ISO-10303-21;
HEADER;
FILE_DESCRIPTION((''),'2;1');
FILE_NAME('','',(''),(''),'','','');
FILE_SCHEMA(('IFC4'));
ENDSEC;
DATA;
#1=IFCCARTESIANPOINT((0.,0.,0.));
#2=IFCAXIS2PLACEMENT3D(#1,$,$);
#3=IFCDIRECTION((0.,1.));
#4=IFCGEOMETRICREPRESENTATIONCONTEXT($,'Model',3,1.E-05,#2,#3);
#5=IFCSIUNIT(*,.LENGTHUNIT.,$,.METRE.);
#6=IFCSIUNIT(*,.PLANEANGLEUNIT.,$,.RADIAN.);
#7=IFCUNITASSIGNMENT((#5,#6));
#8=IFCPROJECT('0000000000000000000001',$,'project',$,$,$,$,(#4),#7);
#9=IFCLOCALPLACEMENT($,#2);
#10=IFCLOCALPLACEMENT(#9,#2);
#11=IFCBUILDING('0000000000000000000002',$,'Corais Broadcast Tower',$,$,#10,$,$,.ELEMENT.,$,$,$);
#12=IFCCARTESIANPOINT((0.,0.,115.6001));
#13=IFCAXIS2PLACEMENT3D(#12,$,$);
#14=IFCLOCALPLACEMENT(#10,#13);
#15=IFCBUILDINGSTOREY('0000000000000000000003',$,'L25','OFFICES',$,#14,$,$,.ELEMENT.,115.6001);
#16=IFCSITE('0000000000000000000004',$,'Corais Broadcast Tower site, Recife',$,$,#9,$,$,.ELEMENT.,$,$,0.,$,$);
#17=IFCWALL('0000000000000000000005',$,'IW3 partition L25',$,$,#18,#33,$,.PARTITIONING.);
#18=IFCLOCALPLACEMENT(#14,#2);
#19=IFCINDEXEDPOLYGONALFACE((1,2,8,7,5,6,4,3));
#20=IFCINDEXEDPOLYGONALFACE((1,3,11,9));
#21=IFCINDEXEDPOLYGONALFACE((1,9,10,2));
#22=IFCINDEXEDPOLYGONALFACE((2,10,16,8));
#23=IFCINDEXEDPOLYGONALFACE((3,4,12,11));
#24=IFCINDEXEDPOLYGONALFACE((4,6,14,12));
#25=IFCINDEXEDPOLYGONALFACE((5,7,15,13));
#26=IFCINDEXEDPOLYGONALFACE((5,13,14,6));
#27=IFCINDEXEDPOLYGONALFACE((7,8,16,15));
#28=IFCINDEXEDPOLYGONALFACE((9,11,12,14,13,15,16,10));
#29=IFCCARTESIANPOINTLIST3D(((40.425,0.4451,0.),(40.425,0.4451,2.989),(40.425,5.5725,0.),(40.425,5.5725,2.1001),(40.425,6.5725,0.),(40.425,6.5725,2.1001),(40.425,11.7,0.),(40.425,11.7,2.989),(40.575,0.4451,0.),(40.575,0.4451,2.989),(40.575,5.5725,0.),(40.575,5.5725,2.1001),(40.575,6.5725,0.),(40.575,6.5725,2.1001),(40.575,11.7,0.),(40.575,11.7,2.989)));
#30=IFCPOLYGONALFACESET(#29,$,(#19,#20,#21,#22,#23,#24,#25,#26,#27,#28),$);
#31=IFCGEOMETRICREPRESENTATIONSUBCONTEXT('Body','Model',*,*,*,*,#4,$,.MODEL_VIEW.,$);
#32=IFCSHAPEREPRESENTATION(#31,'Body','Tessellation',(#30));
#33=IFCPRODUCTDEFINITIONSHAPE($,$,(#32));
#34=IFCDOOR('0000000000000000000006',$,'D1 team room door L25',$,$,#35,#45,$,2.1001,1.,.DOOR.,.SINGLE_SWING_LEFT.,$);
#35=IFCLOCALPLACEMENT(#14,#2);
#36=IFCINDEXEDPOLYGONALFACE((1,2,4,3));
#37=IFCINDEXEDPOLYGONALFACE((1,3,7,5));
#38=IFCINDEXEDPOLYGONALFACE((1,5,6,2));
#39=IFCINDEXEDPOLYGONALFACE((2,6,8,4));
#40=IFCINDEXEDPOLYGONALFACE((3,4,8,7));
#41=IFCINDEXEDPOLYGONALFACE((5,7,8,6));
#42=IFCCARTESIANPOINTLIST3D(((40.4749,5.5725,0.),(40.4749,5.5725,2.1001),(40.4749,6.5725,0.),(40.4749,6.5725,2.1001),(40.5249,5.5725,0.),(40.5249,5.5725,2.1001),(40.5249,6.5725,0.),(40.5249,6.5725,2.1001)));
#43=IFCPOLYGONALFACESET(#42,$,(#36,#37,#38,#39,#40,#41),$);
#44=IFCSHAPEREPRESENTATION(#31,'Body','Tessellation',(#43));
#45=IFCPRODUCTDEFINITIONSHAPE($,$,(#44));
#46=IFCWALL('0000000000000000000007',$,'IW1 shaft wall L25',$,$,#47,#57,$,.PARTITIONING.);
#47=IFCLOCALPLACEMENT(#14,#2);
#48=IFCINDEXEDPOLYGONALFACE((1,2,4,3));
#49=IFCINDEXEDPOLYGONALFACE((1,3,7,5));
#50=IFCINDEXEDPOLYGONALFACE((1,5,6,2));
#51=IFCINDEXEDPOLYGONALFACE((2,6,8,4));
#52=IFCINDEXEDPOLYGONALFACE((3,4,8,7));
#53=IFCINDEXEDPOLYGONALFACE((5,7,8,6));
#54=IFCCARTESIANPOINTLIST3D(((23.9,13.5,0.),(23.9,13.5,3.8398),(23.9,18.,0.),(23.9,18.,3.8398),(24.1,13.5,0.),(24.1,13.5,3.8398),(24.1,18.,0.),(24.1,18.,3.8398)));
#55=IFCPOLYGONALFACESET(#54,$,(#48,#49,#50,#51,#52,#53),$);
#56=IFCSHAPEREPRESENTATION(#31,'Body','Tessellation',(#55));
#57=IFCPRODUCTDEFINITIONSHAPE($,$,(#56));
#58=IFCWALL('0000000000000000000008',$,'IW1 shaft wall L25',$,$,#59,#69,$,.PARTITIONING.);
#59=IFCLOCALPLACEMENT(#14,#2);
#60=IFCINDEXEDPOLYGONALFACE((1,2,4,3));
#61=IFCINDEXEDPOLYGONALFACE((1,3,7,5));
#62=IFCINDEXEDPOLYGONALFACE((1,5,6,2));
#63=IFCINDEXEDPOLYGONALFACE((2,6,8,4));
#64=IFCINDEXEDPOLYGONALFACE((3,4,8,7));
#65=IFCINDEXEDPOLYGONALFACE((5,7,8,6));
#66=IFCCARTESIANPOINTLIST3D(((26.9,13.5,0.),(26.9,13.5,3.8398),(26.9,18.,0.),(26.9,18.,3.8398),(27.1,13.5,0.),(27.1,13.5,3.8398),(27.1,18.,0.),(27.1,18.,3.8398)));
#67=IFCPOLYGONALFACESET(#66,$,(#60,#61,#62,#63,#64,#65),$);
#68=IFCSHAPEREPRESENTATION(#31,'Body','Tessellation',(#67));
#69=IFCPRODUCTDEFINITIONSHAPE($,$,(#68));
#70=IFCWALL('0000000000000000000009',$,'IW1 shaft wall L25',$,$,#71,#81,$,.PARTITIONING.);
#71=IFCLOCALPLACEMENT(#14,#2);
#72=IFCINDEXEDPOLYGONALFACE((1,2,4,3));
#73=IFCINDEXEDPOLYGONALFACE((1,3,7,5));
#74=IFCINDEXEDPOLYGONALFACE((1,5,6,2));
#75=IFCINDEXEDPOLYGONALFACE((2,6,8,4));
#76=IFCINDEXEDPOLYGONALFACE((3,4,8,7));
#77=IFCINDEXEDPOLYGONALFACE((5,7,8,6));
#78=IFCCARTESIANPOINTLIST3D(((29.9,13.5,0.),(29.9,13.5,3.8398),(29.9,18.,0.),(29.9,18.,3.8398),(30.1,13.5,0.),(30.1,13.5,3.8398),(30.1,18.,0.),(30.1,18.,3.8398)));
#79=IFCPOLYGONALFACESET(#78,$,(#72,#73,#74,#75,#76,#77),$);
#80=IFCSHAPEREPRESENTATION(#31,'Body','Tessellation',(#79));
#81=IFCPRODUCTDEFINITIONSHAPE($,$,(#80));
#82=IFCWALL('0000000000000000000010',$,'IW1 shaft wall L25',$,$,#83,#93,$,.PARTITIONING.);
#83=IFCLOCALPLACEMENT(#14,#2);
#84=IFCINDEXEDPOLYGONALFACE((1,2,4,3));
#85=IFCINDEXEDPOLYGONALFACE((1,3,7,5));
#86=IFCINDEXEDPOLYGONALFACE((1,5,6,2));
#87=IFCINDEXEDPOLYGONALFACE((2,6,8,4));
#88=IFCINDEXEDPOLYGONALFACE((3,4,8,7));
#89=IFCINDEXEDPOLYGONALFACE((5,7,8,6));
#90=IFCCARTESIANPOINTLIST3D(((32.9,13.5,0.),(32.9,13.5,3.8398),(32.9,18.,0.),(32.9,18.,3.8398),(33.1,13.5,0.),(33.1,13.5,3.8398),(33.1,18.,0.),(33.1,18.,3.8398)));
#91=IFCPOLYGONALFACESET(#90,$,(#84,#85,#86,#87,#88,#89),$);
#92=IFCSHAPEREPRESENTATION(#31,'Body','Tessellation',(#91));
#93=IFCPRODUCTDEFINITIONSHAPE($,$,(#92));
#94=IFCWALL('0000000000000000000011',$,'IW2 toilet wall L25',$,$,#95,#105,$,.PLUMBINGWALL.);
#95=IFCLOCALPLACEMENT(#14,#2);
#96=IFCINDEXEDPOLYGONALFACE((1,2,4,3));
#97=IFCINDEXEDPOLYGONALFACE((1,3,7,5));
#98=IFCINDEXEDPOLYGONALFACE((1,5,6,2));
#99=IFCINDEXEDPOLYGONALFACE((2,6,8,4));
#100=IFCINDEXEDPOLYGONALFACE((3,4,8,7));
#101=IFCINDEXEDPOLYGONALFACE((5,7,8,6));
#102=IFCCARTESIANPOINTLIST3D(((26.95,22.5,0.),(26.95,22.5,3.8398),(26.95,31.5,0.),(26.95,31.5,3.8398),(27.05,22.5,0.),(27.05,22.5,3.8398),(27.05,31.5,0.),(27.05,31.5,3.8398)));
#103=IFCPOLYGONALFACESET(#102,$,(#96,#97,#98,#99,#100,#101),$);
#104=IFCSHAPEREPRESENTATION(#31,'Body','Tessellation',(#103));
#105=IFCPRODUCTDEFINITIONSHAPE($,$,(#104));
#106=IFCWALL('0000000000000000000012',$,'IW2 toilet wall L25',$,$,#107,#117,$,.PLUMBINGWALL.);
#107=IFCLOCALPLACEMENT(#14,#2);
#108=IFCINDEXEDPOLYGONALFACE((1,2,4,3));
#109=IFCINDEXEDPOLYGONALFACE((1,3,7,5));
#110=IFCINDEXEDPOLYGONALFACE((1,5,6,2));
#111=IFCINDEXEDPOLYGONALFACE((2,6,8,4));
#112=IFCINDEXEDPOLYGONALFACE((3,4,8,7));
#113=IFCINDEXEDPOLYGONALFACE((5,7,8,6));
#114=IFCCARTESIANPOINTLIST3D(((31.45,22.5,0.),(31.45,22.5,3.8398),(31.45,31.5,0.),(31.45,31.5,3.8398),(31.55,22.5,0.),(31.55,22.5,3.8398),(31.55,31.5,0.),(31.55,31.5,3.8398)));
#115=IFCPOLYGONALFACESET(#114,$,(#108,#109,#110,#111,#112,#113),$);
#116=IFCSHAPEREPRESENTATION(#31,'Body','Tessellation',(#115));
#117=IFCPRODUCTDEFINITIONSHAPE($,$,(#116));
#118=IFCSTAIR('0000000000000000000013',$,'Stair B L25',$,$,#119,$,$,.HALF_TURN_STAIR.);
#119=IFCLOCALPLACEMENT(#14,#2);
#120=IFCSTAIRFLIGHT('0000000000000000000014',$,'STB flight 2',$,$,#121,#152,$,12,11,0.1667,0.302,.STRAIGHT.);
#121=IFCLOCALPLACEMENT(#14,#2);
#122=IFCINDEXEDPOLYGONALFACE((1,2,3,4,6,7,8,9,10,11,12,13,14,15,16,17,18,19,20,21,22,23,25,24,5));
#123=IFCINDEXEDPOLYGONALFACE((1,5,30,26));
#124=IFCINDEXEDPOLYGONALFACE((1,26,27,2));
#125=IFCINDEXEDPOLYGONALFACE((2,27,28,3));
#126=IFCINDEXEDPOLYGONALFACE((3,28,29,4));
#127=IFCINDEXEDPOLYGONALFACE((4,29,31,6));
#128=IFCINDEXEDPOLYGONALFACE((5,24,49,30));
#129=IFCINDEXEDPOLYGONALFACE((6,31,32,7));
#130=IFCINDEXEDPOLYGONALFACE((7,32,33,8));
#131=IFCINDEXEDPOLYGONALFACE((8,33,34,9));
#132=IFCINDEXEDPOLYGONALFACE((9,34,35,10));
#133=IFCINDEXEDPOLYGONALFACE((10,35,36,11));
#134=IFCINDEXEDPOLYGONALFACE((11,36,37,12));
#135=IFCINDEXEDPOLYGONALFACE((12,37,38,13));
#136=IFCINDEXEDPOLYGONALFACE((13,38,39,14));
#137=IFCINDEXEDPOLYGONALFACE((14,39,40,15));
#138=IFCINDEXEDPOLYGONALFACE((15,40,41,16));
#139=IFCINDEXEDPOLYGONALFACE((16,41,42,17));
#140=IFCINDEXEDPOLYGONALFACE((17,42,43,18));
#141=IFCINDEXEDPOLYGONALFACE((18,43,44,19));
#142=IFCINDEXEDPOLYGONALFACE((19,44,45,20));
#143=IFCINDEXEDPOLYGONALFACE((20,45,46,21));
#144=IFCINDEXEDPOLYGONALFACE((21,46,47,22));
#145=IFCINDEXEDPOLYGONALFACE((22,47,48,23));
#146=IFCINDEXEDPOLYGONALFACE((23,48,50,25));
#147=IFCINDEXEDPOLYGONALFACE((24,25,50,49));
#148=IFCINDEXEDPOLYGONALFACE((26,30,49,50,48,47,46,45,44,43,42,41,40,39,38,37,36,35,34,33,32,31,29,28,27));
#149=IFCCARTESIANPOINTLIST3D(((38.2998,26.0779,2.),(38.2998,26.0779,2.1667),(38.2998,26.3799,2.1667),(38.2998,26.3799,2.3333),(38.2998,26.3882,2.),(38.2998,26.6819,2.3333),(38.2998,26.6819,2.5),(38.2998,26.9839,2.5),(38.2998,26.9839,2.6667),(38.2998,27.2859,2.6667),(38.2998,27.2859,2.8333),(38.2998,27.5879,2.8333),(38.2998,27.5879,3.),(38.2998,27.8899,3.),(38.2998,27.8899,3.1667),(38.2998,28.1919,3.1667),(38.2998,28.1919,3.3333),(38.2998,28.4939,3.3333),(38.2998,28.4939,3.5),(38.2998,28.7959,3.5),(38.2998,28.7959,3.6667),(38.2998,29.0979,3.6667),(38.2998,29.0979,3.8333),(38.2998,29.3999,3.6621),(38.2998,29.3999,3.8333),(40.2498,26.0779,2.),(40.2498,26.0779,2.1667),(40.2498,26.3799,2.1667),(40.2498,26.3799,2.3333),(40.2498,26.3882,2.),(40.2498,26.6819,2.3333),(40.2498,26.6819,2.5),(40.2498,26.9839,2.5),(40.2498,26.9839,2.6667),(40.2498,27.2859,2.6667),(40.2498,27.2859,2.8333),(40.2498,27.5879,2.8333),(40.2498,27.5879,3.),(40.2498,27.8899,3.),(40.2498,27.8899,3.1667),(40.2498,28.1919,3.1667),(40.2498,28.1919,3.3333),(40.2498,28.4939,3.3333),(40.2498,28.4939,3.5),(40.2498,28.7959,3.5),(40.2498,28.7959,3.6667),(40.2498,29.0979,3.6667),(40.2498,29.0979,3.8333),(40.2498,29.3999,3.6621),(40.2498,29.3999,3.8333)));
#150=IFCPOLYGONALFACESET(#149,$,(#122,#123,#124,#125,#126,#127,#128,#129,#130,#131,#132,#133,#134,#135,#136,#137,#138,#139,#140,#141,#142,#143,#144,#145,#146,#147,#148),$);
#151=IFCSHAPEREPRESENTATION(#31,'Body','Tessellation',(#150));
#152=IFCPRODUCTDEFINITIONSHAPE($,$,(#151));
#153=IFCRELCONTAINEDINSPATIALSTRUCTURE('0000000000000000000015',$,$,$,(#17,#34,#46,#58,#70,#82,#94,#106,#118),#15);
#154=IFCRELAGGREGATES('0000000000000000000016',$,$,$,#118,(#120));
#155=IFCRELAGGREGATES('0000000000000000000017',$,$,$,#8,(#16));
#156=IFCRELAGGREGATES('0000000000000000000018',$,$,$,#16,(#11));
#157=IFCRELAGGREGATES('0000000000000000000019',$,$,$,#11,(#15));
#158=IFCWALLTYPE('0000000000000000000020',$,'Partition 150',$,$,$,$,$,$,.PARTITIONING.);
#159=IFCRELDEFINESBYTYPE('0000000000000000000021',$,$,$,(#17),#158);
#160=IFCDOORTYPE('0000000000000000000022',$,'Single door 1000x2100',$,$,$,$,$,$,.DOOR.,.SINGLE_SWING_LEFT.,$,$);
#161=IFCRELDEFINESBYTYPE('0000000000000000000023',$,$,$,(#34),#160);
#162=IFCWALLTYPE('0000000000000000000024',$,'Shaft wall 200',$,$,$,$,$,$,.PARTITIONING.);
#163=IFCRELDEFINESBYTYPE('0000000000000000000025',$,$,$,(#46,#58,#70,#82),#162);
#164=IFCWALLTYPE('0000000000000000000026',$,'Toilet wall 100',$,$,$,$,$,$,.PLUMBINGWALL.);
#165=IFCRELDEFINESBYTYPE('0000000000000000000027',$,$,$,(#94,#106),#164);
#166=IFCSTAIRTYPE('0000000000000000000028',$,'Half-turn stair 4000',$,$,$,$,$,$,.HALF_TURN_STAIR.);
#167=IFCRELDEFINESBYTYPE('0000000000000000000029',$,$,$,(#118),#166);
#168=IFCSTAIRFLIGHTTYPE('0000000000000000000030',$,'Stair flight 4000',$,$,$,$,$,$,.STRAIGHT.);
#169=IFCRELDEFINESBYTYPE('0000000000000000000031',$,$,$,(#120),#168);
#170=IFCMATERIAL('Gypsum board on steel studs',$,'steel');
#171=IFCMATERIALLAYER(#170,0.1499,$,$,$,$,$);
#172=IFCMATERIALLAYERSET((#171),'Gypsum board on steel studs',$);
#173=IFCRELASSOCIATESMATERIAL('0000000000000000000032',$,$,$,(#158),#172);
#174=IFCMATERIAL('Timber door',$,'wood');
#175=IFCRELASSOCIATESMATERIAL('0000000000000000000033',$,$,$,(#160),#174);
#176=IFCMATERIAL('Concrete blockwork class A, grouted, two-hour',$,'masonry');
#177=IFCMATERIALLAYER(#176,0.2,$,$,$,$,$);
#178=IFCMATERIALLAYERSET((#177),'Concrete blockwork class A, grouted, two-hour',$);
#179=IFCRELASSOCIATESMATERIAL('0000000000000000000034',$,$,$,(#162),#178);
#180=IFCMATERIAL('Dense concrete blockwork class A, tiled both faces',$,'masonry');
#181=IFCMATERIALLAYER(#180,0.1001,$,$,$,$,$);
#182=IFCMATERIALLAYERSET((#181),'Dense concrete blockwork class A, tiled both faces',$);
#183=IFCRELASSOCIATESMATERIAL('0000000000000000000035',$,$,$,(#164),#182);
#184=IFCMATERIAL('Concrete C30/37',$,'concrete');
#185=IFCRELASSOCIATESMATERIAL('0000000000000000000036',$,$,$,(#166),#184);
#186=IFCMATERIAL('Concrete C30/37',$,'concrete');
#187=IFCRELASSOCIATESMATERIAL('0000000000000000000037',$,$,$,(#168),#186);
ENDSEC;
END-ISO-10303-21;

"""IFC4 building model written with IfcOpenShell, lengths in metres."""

from ifc_helpers import new_model, si_unit, direction, frame, frame_2d, origin, place, context, subcontext, project, spatial, polyline, rectangle, outline, extrude, material, layer, layer_set, type_object, element, fill, aggregate, save


model = new_model("IFC4")

# Units and contexts
model_context = context("Model", 3, precision=1e-05, world=origin(), true_north=direction((0.0, 1.0)))
body_context = subcontext(model_context, "Body", "Model", "MODEL_VIEW")
ifc_project = project(units=[si_unit("LENGTHUNIT", "METRE"), si_unit("PLANEANGLEUNIT", "RADIAN")], contexts=[model_context])

# Site, building, storey
site_placement = place(None, origin())
site = spatial("IfcSite", under=ifc_project, at=site_placement, Name="Corais Broadcast Tower site, Recife", CompositionType="ELEMENT", RefElevation=0.0)
building_placement = place(site_placement, origin())
building = spatial("IfcBuilding", under=site, at=building_placement, Name="Corais Broadcast Tower", CompositionType="ELEMENT")
storey_placement = place(building_placement, frame((0.0, 0.0, 115.6001)))
storey = spatial("IfcBuildingStorey", under=building, at=storey_placement, Name="L25", Description="OFFICES", CompositionType="ELEMENT", Elevation=115.6001)

# Shared definitions
ifc_material_1 = material(Name="Gypsum board on steel studs", Category="steel")
ifc_layer_1 = layer(ifc_material_1, 0.1499)
ifc_layer_set_1 = layer_set([ifc_layer_1], Name="Gypsum board on steel studs")
wall_type_1 = type_object("IfcWallType", Name="Partition 150", PredefinedType="PARTITIONING", material=ifc_layer_set_1)
ifc_material_2 = material(Name="Timber door", Category="wood")
door_type_1 = type_object("IfcDoorType", Name="Single door 1000x2100", OperationType="SINGLE_SWING_LEFT", PredefinedType="DOOR", material=ifc_material_2)

# Wall, opening, door
wall_1_placement = place(storey_placement, frame((40.5, 11.7, 0.0), z_axis=(0.0, 0.0, 1.0), x_axis=(0.0, -1.0, 0.0)))
wall_1 = element("IfcWall", 1, at=wall_1_placement, inside=storey, type_object=wall_type_1, Name="IW3 partition L25", PredefinedType="PARTITIONING", context=body_context, shape_type="SweptSolid", body=[
    extrude(rectangle(XDim=11.2549, YDim=0.1499, at=frame_2d((5.6274, 0.0))), origin(), (0.0, 0.0, 1.0), 2.989),
])
opening_1_placement = place(wall_1_placement, frame((5.1274, 0.0, 0.0)))
opening_1 = element("IfcOpeningElement", 2, at=opening_1_placement, cuts=wall_1, PredefinedType="OPENING", context=body_context, shape_type="SweptSolid", body=[
    extrude(rectangle(XDim=1.0, YDim=2.1001, at=frame_2d((0.5, 1.05))), frame((0.0, 0.085, 0.0), z_axis=(0.0, -1.0, 0.0), x_axis=(1.0, 0.0, 0.0)), (0.0, 0.0, 1.0), 0.1699),
])
door_1_placement = place(opening_1_placement, origin())
door_1 = element("IfcDoor", 3, at=door_1_placement, inside=storey, type_object=door_type_1, Name="D1 team room door L25", OperationType="SINGLE_SWING_LEFT", OverallHeight=2.1001, OverallWidth=1.0, PredefinedType="DOOR", context=body_context, shape_type="SweptSolid", body=[
    extrude(rectangle(XDim=1.0, YDim=2.1001, at=frame_2d((0.5, 1.05))), frame((0.0, 0.0249, 0.0), z_axis=(0.0, -1.0, 0.0), x_axis=(1.0, 0.0, 0.0)), (0.0, 0.0, 1.0), 0.05),
])
fill(opening_1, door_1)

# Walls
ifc_material_3 = material(Name="Concrete blockwork class A, grouted, two-hour", Category="masonry")
ifc_layer_2 = layer(ifc_material_3, 0.2)
ifc_layer_set_2 = layer_set([ifc_layer_2], Name="Concrete blockwork class A, grouted, two-hour")
wall_type_2 = type_object("IfcWallType", Name="Shaft wall 200", PredefinedType="PARTITIONING", material=ifc_layer_set_2)
for number, where, z_axis, x_axis, name in (
    (4, (24.0, 13.5, 0.0), (0.0, 0.0, 1.0), (0.0, 1.0, 0.0), "IW1 shaft wall L25"),
    (5, (27.0, 13.5, 0.0), (0.0, 0.0, 1.0), (0.0, 1.0, 0.0), "IW1 shaft wall L25"),
    (6, (30.0, 13.5, 0.0), (0.0, 0.0, 1.0), (0.0, 1.0, 0.0), "IW1 shaft wall L25"),
    (7, (33.0, 13.5, 0.0), (0.0, 0.0, 1.0), (0.0, 1.0, 0.0), "IW1 shaft wall L25"),
):
    element("IfcWall", number, at=place(storey_placement, frame(where, z_axis=z_axis, x_axis=x_axis)), inside=storey, type_object=wall_type_2, Name=name, PredefinedType="PARTITIONING", context=body_context, shape_type="SweptSolid", body=[
        extrude(rectangle(XDim=4.5, YDim=0.2, at=frame_2d((2.25, 0.0))), origin(), (0.0, 0.0, 1.0), 3.8398),
    ])
ifc_material_4 = material(Name="Dense concrete blockwork class A, tiled both faces", Category="masonry")
ifc_layer_3 = layer(ifc_material_4, 0.1001)
ifc_layer_set_3 = layer_set([ifc_layer_3], Name="Dense concrete blockwork class A, tiled both faces")
wall_type_3 = type_object("IfcWallType", Name="Toilet wall 100", PredefinedType="PLUMBINGWALL", material=ifc_layer_set_3)
for number, where, z_axis, x_axis, name in (
    (8, (27.0, 22.5, 0.0), (0.0, 0.0, 1.0), (0.0, 1.0, 0.0), "IW2 toilet wall L25"),
    (9, (31.5, 22.5, 0.0), (0.0, 0.0, 1.0), (0.0, 1.0, 0.0), "IW2 toilet wall L25"),
):
    element("IfcWall", number, at=place(storey_placement, frame(where, z_axis=z_axis, x_axis=x_axis)), inside=storey, type_object=wall_type_3, Name=name, PredefinedType="PLUMBINGWALL", context=body_context, shape_type="SweptSolid", body=[
        extrude(rectangle(XDim=9.0, YDim=0.1001, at=frame_2d((4.5, 0.0))), origin(), (0.0, 0.0, 1.0), 3.8398),
    ])

# Stair, stair flight
ifc_material_5 = material(Name="Concrete C30/37", Category="concrete")
stair_type = type_object("IfcStairType", Name="Half-turn stair 4000", PredefinedType="HALF_TURN_STAIR", material=ifc_material_5)
stair_placement = place(storey_placement, origin())
stair = element("IfcStair", 10, at=stair_placement, inside=storey, type_object=stair_type, Name="Stair B L25", PredefinedType="HALF_TURN_STAIR")
ifc_material_6 = material(Name="Concrete C30/37", Category="concrete")
stair_flight_type = type_object("IfcStairFlightType", Name="Stair flight 4000", PredefinedType="STRAIGHT", material=ifc_material_6)
stair_flight_placement = place(storey_placement, frame((39.2749, 26.0779, 2.0), z_axis=(0.0, 0.0, 1.0), x_axis=(0.0, 1.0, 0.0)))
stair_flight = element("IfcStairFlight", 11, at=stair_flight_placement, type_object=stair_flight_type, Name="STB flight 2", NumberOfRisers=12, NumberOfTreads=11, PredefinedType="STRAIGHT", RiserHeight=0.1667, TreadLength=0.302, context=body_context, shape_type="SweptSolid", body=[
    extrude(outline(polyline([(0.0, 0.0), (0.0, 0.1667), (0.302, 0.1667), (0.302, 0.3333), (0.604, 0.3333), (0.604, 0.5), (0.906, 0.5), (0.906, 0.6667), (1.208, 0.6667), (1.208, 0.8333), (1.51, 0.8333), (1.51, 1.0), (1.812, 1.0), (1.812, 1.1667), (2.114, 1.1667), (2.114, 1.3333), (2.416, 1.3333), (2.416, 1.5), (2.718, 1.5), (2.718, 1.6667), (3.02, 1.6667), (3.02, 1.8333), (3.322, 1.8333), (3.322, 2.0), (3.322, 1.6621), (0.3103, 0.0), (0.0, 0.0)])), frame((0.0, 0.9751, 0.0), z_axis=(0.0, -1.0, 0.0), x_axis=(1.0, 0.0, 0.0)), (0.0, 0.0, 1.0), 1.95),
])
aggregate(stair, [stair_flight])

save(model, "model.ifc")
